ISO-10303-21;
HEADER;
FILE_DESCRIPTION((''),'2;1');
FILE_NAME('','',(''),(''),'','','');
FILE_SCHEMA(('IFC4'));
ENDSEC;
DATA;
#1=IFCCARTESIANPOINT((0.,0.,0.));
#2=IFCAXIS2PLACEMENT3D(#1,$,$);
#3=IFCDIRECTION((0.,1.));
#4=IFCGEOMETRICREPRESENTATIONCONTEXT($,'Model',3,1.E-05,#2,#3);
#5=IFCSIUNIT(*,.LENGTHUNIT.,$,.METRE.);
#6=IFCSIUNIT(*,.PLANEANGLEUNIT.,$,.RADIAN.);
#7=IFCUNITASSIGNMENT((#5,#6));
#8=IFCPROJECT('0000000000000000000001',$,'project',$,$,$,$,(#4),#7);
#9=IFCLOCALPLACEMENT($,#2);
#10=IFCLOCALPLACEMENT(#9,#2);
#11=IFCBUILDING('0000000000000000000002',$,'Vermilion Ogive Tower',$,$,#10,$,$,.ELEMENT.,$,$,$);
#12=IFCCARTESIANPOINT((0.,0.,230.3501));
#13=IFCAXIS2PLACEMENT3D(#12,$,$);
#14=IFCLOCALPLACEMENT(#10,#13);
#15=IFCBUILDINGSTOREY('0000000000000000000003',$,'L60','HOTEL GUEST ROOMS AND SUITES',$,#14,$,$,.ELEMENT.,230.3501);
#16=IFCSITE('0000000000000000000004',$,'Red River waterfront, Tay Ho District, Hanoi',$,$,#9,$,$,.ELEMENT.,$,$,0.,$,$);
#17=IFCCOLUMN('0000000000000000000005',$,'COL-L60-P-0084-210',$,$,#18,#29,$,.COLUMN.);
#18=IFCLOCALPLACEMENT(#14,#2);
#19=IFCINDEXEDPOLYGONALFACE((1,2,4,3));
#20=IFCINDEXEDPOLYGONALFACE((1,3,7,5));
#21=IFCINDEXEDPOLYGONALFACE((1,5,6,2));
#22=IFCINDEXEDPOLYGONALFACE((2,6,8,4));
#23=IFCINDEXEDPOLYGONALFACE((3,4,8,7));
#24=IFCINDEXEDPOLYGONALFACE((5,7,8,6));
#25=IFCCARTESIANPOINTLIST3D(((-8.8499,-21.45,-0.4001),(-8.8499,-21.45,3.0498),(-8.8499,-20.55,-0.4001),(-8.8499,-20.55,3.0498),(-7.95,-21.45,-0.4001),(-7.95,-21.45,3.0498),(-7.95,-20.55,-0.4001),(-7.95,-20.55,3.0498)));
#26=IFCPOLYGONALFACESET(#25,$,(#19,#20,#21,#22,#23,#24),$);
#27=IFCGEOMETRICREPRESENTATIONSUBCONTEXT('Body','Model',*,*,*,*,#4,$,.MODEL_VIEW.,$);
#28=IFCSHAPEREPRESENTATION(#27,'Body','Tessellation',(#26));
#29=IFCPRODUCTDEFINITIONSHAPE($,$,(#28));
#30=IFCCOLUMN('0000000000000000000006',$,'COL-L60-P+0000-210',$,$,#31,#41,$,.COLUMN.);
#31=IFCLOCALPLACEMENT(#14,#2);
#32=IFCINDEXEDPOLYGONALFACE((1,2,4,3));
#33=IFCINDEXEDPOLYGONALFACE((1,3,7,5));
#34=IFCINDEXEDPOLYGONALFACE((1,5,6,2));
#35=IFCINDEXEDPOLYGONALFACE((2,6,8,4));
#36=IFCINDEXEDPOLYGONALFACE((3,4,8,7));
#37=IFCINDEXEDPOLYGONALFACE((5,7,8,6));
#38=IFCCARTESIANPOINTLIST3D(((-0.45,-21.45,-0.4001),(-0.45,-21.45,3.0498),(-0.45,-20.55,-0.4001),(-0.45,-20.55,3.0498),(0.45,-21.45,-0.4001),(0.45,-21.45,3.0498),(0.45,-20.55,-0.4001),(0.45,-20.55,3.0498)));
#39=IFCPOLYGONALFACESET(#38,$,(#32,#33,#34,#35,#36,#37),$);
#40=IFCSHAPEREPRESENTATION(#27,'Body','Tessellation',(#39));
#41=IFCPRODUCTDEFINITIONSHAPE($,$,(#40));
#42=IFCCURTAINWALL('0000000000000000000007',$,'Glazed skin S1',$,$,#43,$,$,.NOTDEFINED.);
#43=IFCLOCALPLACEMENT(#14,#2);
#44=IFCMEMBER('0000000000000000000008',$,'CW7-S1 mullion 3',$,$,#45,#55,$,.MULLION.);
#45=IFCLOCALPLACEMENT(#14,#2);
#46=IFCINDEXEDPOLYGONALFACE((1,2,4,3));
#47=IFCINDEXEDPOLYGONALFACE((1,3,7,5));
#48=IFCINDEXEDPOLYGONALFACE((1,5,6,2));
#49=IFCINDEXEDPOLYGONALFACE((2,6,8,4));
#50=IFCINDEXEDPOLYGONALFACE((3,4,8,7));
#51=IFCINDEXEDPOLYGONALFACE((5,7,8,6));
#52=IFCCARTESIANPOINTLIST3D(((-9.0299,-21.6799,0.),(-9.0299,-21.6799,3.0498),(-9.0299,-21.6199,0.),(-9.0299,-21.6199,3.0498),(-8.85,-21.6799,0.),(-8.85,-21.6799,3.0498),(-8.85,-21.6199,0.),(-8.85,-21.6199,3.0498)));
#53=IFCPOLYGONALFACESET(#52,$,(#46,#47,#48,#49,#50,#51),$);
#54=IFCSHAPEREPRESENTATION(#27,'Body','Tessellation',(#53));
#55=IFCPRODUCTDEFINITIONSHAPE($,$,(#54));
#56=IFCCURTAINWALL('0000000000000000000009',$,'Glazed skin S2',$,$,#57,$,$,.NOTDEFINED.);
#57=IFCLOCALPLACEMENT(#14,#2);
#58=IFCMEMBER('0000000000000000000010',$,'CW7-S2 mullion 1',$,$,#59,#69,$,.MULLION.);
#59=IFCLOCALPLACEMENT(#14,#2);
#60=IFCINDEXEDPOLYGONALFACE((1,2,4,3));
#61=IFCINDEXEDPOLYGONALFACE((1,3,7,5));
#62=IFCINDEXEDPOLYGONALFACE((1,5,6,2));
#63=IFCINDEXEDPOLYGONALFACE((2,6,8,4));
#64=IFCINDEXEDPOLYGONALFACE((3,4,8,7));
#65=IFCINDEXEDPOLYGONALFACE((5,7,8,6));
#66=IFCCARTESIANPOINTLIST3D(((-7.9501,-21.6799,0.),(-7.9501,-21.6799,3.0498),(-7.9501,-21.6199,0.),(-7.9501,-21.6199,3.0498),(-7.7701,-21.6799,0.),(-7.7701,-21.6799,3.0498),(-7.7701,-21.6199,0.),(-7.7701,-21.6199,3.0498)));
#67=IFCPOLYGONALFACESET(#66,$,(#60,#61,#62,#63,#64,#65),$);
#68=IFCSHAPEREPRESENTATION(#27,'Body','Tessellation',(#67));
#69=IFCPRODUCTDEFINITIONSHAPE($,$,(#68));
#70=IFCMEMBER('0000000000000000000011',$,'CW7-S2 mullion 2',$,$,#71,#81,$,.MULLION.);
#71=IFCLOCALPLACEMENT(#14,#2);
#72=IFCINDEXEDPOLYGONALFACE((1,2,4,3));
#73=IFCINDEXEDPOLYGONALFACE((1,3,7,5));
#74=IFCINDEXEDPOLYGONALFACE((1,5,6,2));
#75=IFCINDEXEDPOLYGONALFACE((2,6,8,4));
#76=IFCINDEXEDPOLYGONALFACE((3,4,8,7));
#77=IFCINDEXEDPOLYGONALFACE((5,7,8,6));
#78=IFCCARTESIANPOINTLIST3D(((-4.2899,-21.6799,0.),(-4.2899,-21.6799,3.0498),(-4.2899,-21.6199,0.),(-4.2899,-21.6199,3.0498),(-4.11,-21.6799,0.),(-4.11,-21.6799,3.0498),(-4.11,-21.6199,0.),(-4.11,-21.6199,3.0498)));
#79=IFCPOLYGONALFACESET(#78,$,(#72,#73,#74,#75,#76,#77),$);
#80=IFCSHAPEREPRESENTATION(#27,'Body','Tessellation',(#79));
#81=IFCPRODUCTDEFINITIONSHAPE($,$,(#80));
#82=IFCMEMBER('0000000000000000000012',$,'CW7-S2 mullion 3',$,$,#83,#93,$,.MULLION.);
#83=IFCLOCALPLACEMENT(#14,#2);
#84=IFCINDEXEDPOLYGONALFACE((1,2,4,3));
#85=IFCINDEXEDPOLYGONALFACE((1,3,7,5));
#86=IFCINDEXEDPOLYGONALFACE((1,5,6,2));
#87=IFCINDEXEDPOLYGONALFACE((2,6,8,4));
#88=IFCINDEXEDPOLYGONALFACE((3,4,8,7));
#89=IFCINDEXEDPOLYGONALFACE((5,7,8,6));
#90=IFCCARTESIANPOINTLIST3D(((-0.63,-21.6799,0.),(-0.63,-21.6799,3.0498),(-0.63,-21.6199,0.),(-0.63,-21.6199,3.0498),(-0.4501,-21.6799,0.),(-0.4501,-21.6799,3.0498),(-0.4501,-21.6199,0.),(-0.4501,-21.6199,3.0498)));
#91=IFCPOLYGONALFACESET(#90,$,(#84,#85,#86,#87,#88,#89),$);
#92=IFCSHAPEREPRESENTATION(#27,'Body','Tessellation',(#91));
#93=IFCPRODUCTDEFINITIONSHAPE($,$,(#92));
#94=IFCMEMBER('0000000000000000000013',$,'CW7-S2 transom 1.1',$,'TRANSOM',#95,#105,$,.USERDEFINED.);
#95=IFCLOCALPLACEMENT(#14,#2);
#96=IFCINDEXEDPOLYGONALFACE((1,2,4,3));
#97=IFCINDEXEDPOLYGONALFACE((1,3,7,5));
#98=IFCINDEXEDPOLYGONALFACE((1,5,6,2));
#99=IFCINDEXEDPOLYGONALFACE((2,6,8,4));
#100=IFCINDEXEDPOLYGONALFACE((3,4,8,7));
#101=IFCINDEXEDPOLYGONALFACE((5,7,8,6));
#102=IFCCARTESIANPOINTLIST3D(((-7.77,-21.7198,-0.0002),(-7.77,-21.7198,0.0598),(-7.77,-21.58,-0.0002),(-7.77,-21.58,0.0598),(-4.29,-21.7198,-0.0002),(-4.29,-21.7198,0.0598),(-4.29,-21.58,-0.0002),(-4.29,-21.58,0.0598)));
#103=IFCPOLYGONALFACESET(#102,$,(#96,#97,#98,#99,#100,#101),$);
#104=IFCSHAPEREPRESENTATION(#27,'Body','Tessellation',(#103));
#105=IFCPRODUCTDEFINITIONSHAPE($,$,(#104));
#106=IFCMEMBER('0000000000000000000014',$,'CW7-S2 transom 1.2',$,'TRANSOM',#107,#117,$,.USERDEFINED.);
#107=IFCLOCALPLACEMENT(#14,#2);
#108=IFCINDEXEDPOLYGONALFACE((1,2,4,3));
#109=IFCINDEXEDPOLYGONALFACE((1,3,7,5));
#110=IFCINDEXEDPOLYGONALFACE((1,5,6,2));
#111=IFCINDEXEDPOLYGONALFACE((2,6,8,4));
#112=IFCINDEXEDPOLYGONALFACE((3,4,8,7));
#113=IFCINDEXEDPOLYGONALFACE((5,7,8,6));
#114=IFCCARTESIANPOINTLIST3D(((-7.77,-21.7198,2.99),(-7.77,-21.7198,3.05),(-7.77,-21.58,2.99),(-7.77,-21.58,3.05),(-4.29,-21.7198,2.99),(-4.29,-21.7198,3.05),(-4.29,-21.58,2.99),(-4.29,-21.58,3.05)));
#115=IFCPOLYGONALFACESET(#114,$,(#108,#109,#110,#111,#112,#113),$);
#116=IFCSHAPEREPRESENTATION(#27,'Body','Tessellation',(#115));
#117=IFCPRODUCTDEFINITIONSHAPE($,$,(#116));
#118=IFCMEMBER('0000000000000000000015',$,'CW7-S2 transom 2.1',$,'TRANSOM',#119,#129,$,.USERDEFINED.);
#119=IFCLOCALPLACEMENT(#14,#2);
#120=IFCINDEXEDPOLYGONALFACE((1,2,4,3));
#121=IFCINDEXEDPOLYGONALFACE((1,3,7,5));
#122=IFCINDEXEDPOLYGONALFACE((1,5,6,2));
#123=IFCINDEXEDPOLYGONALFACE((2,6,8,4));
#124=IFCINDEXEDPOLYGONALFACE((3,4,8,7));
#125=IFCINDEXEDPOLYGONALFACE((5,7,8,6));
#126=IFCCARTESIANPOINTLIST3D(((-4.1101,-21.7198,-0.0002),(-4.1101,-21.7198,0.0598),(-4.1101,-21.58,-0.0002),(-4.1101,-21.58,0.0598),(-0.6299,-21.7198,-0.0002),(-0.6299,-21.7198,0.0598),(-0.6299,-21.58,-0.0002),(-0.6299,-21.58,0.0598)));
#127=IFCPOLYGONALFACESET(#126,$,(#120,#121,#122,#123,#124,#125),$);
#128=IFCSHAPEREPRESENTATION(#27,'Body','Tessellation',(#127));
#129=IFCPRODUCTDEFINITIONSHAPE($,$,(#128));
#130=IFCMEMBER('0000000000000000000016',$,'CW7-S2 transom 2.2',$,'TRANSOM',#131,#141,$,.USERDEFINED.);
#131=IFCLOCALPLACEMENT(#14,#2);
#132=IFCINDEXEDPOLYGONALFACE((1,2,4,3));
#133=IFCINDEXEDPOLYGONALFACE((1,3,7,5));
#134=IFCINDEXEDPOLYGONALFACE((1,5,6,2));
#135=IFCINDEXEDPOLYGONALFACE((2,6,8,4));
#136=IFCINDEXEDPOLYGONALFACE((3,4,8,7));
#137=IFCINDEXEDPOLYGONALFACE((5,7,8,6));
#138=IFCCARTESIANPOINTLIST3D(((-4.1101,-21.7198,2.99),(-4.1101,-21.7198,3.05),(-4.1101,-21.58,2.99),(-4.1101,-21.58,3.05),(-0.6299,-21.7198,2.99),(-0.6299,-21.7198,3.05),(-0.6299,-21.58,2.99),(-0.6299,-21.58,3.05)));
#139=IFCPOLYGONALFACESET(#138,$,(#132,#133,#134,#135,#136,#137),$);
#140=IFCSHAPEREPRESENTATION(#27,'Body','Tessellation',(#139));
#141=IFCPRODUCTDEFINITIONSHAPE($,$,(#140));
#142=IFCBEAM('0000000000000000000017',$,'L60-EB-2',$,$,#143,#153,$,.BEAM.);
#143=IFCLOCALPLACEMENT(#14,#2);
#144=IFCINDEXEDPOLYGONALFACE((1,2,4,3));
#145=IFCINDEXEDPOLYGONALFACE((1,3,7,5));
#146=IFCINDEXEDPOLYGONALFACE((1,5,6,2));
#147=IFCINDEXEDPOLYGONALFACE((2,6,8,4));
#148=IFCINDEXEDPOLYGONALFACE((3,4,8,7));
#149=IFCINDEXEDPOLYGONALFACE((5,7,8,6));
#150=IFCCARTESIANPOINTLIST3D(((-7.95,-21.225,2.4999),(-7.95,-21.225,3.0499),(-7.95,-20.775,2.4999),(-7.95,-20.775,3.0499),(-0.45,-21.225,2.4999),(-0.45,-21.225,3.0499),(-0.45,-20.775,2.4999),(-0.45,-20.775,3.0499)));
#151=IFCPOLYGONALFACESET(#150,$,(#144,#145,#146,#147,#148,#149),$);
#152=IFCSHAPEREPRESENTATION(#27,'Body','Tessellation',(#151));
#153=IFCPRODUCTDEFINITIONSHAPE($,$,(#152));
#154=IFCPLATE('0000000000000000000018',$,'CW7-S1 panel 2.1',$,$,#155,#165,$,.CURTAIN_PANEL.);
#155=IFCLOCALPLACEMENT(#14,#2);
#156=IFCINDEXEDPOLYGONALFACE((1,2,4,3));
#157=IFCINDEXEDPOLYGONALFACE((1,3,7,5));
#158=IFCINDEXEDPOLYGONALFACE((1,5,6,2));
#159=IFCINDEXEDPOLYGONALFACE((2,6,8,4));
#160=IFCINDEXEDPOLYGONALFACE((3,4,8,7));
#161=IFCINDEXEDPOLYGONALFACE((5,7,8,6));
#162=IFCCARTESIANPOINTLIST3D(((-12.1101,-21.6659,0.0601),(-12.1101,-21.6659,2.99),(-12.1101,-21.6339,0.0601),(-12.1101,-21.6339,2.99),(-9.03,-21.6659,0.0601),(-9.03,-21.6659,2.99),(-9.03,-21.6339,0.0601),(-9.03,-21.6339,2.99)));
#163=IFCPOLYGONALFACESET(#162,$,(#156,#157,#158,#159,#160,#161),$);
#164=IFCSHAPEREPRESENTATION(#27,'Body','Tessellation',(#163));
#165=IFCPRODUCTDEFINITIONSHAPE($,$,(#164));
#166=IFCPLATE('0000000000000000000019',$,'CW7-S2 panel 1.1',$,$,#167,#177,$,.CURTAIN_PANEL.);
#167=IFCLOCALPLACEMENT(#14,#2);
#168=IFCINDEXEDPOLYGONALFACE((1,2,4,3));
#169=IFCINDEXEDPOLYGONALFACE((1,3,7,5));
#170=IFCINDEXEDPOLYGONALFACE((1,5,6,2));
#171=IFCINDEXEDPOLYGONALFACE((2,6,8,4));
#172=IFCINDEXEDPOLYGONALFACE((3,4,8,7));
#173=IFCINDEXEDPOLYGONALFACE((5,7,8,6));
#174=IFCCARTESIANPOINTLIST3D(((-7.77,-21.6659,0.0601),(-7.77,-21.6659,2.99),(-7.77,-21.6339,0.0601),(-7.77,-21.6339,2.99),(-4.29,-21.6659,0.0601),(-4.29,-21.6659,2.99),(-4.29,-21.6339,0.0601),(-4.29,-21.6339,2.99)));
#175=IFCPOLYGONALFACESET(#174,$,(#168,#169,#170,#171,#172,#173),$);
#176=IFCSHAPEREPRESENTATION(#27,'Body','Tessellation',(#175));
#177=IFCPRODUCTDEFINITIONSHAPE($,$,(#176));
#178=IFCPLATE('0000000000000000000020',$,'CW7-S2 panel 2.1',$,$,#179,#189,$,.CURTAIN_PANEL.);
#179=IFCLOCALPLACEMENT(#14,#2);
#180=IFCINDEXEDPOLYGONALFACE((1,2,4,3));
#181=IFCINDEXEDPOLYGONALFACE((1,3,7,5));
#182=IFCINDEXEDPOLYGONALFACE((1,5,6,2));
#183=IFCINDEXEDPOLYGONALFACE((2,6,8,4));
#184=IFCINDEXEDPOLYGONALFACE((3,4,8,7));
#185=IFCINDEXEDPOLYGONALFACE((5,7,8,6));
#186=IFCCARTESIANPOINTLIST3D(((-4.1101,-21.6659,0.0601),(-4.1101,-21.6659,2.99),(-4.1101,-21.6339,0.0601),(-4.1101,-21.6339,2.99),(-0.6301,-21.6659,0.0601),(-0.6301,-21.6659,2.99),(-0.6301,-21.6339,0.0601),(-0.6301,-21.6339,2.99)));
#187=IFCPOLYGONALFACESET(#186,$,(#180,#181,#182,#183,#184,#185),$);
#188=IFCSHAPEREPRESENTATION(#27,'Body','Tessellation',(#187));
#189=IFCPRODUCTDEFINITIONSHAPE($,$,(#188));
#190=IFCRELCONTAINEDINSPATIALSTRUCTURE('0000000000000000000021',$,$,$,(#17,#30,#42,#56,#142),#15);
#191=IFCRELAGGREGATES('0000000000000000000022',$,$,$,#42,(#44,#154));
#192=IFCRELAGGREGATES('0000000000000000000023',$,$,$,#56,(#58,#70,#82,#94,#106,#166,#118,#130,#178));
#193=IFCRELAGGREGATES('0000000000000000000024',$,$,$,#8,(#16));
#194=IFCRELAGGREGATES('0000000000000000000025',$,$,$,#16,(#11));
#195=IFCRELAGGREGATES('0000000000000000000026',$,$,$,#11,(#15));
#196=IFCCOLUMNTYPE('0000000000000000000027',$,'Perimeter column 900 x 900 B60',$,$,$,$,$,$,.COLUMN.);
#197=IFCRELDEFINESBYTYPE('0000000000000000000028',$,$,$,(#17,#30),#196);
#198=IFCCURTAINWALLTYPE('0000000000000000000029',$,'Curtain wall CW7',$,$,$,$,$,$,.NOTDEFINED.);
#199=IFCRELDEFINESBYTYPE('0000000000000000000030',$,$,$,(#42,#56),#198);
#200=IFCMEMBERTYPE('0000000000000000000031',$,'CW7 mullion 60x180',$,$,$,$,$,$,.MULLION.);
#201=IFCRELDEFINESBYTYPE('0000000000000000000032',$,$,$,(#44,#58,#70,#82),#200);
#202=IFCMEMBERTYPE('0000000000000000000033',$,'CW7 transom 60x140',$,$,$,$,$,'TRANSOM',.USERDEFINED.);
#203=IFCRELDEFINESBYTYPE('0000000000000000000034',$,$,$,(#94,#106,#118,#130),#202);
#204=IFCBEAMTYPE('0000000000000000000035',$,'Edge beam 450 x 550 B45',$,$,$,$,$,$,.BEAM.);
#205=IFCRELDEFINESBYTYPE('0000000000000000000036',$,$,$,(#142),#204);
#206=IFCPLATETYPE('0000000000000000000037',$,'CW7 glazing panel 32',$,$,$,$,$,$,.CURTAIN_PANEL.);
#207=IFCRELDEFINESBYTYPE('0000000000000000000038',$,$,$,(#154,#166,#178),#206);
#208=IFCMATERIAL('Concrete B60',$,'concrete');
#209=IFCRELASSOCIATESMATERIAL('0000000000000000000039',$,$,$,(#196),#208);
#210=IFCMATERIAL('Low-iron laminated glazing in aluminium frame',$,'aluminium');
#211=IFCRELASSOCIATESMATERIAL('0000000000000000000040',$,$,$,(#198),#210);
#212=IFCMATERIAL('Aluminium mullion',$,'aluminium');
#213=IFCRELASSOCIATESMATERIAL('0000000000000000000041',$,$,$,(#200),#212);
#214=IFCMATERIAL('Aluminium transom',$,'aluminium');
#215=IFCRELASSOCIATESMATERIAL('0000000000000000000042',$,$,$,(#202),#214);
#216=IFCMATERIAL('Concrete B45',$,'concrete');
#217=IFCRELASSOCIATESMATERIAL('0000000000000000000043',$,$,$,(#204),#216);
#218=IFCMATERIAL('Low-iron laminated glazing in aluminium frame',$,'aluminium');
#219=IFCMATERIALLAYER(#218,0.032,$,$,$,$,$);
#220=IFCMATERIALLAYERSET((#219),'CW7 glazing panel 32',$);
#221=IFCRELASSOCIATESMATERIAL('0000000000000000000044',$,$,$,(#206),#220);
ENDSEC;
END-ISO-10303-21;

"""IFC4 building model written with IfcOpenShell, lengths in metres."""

from ifc_helpers import new_model, si_unit, direction, frame, origin, origin_2d, place, context, subcontext, project, spatial, rectangle, extrude, material, layer, layer_set, material_profile, profile_set, type_object, element, aggregate, save


model = new_model("IFC4")

# Units and contexts
model_context = context("Model", 3, precision=1e-05, world=origin(), true_north=direction((0.0, 1.0)))
body_context = subcontext(model_context, "Body", "Model", "MODEL_VIEW")
ifc_project = project(units=[si_unit("LENGTHUNIT", "METRE"), si_unit("PLANEANGLEUNIT", "RADIAN")], contexts=[model_context])

# Site, building, storey
site_placement = place(None, origin())
site = spatial("IfcSite", under=ifc_project, at=site_placement, Name="Red River waterfront, Tay Ho District, Hanoi", CompositionType="ELEMENT", RefElevation=0.0)
building_placement = place(site_placement, origin())
building = spatial("IfcBuilding", under=site, at=building_placement, Name="Vermilion Ogive Tower", CompositionType="ELEMENT")
storey_placement = place(building_placement, frame((0.0, 0.0, 230.3501)))
storey = spatial("IfcBuildingStorey", under=building, at=storey_placement, Name="L60", Description="HOTEL GUEST ROOMS AND SUITES", CompositionType="ELEMENT", Elevation=230.3501)

# Columns
ifc_material_1 = material(Name="Concrete B60", Category="concrete")
ifc_material_profile_1 = material_profile(ifc_material_1, rectangle(XDim=0.8999, YDim=0.8999, at=origin_2d()), Name="900 x 900")
ifc_profile_set_1 = profile_set([ifc_material_profile_1], Name="Concrete B60")
column_type = type_object("IfcColumnType", Name="Perimeter column 900 x 900 B60", PredefinedType="COLUMN", material=ifc_profile_set_1)
for number, where, z_axis, x_axis, name in (
    (1, (-8.3999, -21.0, -0.4001), (0.0, 0.0, 1.0), (1.0, 0.0, 0.0), "COL-L60-P-0084-210"),
    (2, (0.0, -21.0, -0.4001), (0.0, 0.0, 1.0), (1.0, 0.0, 0.0), "COL-L60-P+0000-210"),
):
    element("IfcColumn", number, at=place(storey_placement, frame(where, z_axis=z_axis, x_axis=x_axis)), inside=storey, type_object=column_type, Name=name, PredefinedType="COLUMN", context=body_context, shape_type="SweptSolid", body=[
        extrude(rectangle(XDim=0.8999, YDim=0.8999, at=origin_2d()), origin(), (0.0, 0.0, 1.0), 3.45),
    ])

# Curtain wall, member
ifc_material_2 = material(Name="Low-iron laminated glazing in aluminium frame", Category="aluminium")
curtain_wall_type = type_object("IfcCurtainWallType", Name="Curtain wall CW7", PredefinedType="NOTDEFINED", material=ifc_material_2)
curtain_wall_1_placement = place(storey_placement, origin())
curtain_wall_1 = element("IfcCurtainWall", 3, at=curtain_wall_1_placement, inside=storey, type_object=curtain_wall_type, Name="Glazed skin S1", PredefinedType="NOTDEFINED")
ifc_material_3 = material(Name="Aluminium mullion", Category="aluminium")
ifc_material_profile_2 = material_profile(ifc_material_3, rectangle(XDim=0.0601, YDim=0.1799, at=origin_2d()), Name="AL 60x180")
ifc_profile_set_2 = profile_set([ifc_material_profile_2], Name="Aluminium mullion")
member_type_1 = type_object("IfcMemberType", Name="CW7 mullion 60x180", PredefinedType="MULLION", material=ifc_profile_set_2)
member_1_placement = place(storey_placement, frame((-8.9399, -21.6499, 0.0), z_axis=(0.0, 0.0, 1.0), x_axis=(0.0, 1.0, 0.0)))
member_1 = element("IfcMember", 4, at=member_1_placement, type_object=member_type_1, Name="CW7-S1 mullion 3", PredefinedType="MULLION", context=body_context, shape_type="SweptSolid", body=[
    extrude(rectangle(XDim=0.0601, YDim=0.1799, at=origin_2d()), origin(), (0.0, 0.0, 1.0), 3.0498),
])

# Curtain wall, members
curtain_wall_2_placement = place(storey_placement, origin())
curtain_wall_2 = element("IfcCurtainWall", 5, at=curtain_wall_2_placement, inside=storey, type_object=curtain_wall_type, Name="Glazed skin S2", PredefinedType="NOTDEFINED")
member_2_placement = place(storey_placement, frame((-7.8601, -21.6499, 0.0), z_axis=(0.0, 0.0, 1.0), x_axis=(0.0, 1.0, 0.0)))
member_2 = element("IfcMember", 6, at=member_2_placement, type_object=member_type_1, Name="CW7-S2 mullion 1", PredefinedType="MULLION", context=body_context, shape_type="SweptSolid", body=[
    extrude(rectangle(XDim=0.0601, YDim=0.1799, at=origin_2d()), origin(), (0.0, 0.0, 1.0), 3.0498),
])
member_3_placement = place(storey_placement, frame((-4.2, -21.6499, 0.0), z_axis=(0.0, 0.0, 1.0), x_axis=(0.0, 1.0, 0.0)))
member_3 = element("IfcMember", 7, at=member_3_placement, type_object=member_type_1, Name="CW7-S2 mullion 2", PredefinedType="MULLION", context=body_context, shape_type="SweptSolid", body=[
    extrude(rectangle(XDim=0.0601, YDim=0.1799, at=origin_2d()), origin(), (0.0, 0.0, 1.0), 3.0498),
])
member_4_placement = place(storey_placement, frame((-0.54, -21.6499, 0.0), z_axis=(0.0, 0.0, 1.0), x_axis=(0.0, 1.0, 0.0)))
member_4 = element("IfcMember", 8, at=member_4_placement, type_object=member_type_1, Name="CW7-S2 mullion 3", PredefinedType="MULLION", context=body_context, shape_type="SweptSolid", body=[
    extrude(rectangle(XDim=0.0601, YDim=0.1799, at=origin_2d()), origin(), (0.0, 0.0, 1.0), 3.0498),
])
ifc_material_4 = material(Name="Aluminium transom", Category="aluminium")
ifc_material_profile_3 = material_profile(ifc_material_4, rectangle(XDim=0.1399, YDim=0.0601, at=origin_2d()), Name="AL 60x140")
ifc_profile_set_3 = profile_set([ifc_material_profile_3], Name="Aluminium transom")
member_type_2 = type_object("IfcMemberType", Name="CW7 transom 60x140", ElementType="TRANSOM", PredefinedType="USERDEFINED", material=ifc_profile_set_3)
member_5_placement = place(storey_placement, frame((-7.77, -21.6499, 0.0298), z_axis=(1.0, 0.0, 0.0), x_axis=(0.0, 1.0, 0.0)))
member_5 = element("IfcMember", 9, at=member_5_placement, type_object=member_type_2, Name="CW7-S2 transom 1.1", ObjectType="TRANSOM", PredefinedType="USERDEFINED", context=body_context, shape_type="SweptSolid", body=[
    extrude(rectangle(XDim=0.1399, YDim=0.0601, at=origin_2d()), origin(), (0.0, 0.0, 1.0), 3.48),
])
member_6_placement = place(storey_placement, frame((-7.77, -21.6499, 3.02), z_axis=(1.0, 0.0, 0.0), x_axis=(0.0, 1.0, 0.0)))
member_6 = element("IfcMember", 10, at=member_6_placement, type_object=member_type_2, Name="CW7-S2 transom 1.2", ObjectType="TRANSOM", PredefinedType="USERDEFINED", context=body_context, shape_type="SweptSolid", body=[
    extrude(rectangle(XDim=0.1399, YDim=0.0601, at=origin_2d()), origin(), (0.0, 0.0, 1.0), 3.48),
])
member_7_placement = place(storey_placement, frame((-4.1101, -21.6499, 0.0298), z_axis=(1.0, 0.0, 0.0), x_axis=(0.0, 1.0, 0.0)))
member_7 = element("IfcMember", 11, at=member_7_placement, type_object=member_type_2, Name="CW7-S2 transom 2.1", ObjectType="TRANSOM", PredefinedType="USERDEFINED", context=body_context, shape_type="SweptSolid", body=[
    extrude(rectangle(XDim=0.1399, YDim=0.0601, at=origin_2d()), origin(), (0.0, 0.0, 1.0), 3.4802),
])
member_8_placement = place(storey_placement, frame((-4.1101, -21.6499, 3.02), z_axis=(1.0, 0.0, 0.0), x_axis=(0.0, 1.0, 0.0)))
member_8 = element("IfcMember", 12, at=member_8_placement, type_object=member_type_2, Name="CW7-S2 transom 2.2", ObjectType="TRANSOM", PredefinedType="USERDEFINED", context=body_context, shape_type="SweptSolid", body=[
    extrude(rectangle(XDim=0.1399, YDim=0.0601, at=origin_2d()), origin(), (0.0, 0.0, 1.0), 3.4802),
])

# Beam
ifc_material_5 = material(Name="Concrete B45", Category="concrete")
ifc_material_profile_4 = material_profile(ifc_material_5, rectangle(XDim=0.45, YDim=0.55, at=origin_2d()), Name="450 x 550")
ifc_profile_set_4 = profile_set([ifc_material_profile_4], Name="Concrete B45")
beam_type = type_object("IfcBeamType", Name="Edge beam 450 x 550 B45", PredefinedType="BEAM", material=ifc_profile_set_4)
beam_placement = place(storey_placement, frame((-7.95, -21.0, 2.7749), z_axis=(1.0, 0.0, 0.0), x_axis=(0.0, 1.0, 0.0)))
element("IfcBeam", 13, at=beam_placement, inside=storey, type_object=beam_type, Name="L60-EB-2", PredefinedType="BEAM", context=body_context, shape_type="SweptSolid", body=[
    extrude(rectangle(XDim=0.45, YDim=0.55, at=origin_2d()), origin(), (0.0, 0.0, 1.0), 7.5),
])

# Plates
ifc_material_6 = material(Name="Low-iron laminated glazing in aluminium frame", Category="aluminium")
ifc_layer_1 = layer(ifc_material_6, 0.032)
ifc_layer_set_1 = layer_set([ifc_layer_1], Name="CW7 glazing panel 32")
plate_type = type_object("IfcPlateType", Name="CW7 glazing panel 32", PredefinedType="CURTAIN_PANEL", material=ifc_layer_set_1)
plate_1_placement = place(storey_placement, frame((-10.5701, -21.6499, 0.0601), z_axis=(0.0, 0.0, 1.0), x_axis=(1.0, 0.0, 0.0)))
plate_1 = element("IfcPlate", 14, at=plate_1_placement, type_object=plate_type, Name="CW7-S1 panel 2.1", PredefinedType="CURTAIN_PANEL", context=body_context, shape_type="SweptSolid", body=[
    extrude(rectangle(XDim=3.0801, YDim=0.032, at=origin_2d()), origin(), (0.0, 0.0, 1.0), 2.9299),
])
aggregate(curtain_wall_1, [member_1, plate_1])
plate_2_placement = place(storey_placement, frame((-6.03, -21.6499, 0.0601), z_axis=(0.0, 0.0, 1.0), x_axis=(1.0, 0.0, 0.0)))
plate_2 = element("IfcPlate", 15, at=plate_2_placement, type_object=plate_type, Name="CW7-S2 panel 1.1", PredefinedType="CURTAIN_PANEL", context=body_context, shape_type="SweptSolid", body=[
    extrude(rectangle(XDim=3.48, YDim=0.032, at=origin_2d()), origin(), (0.0, 0.0, 1.0), 2.9299),
])
plate_3_placement = place(storey_placement, frame((-2.3701, -21.6499, 0.0601), z_axis=(0.0, 0.0, 1.0), x_axis=(1.0, 0.0, 0.0)))
plate_3 = element("IfcPlate", 16, at=plate_3_placement, type_object=plate_type, Name="CW7-S2 panel 2.1", PredefinedType="CURTAIN_PANEL", context=body_context, shape_type="SweptSolid", body=[
    extrude(rectangle(XDim=3.48, YDim=0.032, at=origin_2d()), origin(), (0.0, 0.0, 1.0), 2.9299),
])
aggregate(curtain_wall_2, [member_2, member_3, member_4, member_5, member_6, plate_2, member_7, member_8, plate_3])

save(model, "model.ifc")
